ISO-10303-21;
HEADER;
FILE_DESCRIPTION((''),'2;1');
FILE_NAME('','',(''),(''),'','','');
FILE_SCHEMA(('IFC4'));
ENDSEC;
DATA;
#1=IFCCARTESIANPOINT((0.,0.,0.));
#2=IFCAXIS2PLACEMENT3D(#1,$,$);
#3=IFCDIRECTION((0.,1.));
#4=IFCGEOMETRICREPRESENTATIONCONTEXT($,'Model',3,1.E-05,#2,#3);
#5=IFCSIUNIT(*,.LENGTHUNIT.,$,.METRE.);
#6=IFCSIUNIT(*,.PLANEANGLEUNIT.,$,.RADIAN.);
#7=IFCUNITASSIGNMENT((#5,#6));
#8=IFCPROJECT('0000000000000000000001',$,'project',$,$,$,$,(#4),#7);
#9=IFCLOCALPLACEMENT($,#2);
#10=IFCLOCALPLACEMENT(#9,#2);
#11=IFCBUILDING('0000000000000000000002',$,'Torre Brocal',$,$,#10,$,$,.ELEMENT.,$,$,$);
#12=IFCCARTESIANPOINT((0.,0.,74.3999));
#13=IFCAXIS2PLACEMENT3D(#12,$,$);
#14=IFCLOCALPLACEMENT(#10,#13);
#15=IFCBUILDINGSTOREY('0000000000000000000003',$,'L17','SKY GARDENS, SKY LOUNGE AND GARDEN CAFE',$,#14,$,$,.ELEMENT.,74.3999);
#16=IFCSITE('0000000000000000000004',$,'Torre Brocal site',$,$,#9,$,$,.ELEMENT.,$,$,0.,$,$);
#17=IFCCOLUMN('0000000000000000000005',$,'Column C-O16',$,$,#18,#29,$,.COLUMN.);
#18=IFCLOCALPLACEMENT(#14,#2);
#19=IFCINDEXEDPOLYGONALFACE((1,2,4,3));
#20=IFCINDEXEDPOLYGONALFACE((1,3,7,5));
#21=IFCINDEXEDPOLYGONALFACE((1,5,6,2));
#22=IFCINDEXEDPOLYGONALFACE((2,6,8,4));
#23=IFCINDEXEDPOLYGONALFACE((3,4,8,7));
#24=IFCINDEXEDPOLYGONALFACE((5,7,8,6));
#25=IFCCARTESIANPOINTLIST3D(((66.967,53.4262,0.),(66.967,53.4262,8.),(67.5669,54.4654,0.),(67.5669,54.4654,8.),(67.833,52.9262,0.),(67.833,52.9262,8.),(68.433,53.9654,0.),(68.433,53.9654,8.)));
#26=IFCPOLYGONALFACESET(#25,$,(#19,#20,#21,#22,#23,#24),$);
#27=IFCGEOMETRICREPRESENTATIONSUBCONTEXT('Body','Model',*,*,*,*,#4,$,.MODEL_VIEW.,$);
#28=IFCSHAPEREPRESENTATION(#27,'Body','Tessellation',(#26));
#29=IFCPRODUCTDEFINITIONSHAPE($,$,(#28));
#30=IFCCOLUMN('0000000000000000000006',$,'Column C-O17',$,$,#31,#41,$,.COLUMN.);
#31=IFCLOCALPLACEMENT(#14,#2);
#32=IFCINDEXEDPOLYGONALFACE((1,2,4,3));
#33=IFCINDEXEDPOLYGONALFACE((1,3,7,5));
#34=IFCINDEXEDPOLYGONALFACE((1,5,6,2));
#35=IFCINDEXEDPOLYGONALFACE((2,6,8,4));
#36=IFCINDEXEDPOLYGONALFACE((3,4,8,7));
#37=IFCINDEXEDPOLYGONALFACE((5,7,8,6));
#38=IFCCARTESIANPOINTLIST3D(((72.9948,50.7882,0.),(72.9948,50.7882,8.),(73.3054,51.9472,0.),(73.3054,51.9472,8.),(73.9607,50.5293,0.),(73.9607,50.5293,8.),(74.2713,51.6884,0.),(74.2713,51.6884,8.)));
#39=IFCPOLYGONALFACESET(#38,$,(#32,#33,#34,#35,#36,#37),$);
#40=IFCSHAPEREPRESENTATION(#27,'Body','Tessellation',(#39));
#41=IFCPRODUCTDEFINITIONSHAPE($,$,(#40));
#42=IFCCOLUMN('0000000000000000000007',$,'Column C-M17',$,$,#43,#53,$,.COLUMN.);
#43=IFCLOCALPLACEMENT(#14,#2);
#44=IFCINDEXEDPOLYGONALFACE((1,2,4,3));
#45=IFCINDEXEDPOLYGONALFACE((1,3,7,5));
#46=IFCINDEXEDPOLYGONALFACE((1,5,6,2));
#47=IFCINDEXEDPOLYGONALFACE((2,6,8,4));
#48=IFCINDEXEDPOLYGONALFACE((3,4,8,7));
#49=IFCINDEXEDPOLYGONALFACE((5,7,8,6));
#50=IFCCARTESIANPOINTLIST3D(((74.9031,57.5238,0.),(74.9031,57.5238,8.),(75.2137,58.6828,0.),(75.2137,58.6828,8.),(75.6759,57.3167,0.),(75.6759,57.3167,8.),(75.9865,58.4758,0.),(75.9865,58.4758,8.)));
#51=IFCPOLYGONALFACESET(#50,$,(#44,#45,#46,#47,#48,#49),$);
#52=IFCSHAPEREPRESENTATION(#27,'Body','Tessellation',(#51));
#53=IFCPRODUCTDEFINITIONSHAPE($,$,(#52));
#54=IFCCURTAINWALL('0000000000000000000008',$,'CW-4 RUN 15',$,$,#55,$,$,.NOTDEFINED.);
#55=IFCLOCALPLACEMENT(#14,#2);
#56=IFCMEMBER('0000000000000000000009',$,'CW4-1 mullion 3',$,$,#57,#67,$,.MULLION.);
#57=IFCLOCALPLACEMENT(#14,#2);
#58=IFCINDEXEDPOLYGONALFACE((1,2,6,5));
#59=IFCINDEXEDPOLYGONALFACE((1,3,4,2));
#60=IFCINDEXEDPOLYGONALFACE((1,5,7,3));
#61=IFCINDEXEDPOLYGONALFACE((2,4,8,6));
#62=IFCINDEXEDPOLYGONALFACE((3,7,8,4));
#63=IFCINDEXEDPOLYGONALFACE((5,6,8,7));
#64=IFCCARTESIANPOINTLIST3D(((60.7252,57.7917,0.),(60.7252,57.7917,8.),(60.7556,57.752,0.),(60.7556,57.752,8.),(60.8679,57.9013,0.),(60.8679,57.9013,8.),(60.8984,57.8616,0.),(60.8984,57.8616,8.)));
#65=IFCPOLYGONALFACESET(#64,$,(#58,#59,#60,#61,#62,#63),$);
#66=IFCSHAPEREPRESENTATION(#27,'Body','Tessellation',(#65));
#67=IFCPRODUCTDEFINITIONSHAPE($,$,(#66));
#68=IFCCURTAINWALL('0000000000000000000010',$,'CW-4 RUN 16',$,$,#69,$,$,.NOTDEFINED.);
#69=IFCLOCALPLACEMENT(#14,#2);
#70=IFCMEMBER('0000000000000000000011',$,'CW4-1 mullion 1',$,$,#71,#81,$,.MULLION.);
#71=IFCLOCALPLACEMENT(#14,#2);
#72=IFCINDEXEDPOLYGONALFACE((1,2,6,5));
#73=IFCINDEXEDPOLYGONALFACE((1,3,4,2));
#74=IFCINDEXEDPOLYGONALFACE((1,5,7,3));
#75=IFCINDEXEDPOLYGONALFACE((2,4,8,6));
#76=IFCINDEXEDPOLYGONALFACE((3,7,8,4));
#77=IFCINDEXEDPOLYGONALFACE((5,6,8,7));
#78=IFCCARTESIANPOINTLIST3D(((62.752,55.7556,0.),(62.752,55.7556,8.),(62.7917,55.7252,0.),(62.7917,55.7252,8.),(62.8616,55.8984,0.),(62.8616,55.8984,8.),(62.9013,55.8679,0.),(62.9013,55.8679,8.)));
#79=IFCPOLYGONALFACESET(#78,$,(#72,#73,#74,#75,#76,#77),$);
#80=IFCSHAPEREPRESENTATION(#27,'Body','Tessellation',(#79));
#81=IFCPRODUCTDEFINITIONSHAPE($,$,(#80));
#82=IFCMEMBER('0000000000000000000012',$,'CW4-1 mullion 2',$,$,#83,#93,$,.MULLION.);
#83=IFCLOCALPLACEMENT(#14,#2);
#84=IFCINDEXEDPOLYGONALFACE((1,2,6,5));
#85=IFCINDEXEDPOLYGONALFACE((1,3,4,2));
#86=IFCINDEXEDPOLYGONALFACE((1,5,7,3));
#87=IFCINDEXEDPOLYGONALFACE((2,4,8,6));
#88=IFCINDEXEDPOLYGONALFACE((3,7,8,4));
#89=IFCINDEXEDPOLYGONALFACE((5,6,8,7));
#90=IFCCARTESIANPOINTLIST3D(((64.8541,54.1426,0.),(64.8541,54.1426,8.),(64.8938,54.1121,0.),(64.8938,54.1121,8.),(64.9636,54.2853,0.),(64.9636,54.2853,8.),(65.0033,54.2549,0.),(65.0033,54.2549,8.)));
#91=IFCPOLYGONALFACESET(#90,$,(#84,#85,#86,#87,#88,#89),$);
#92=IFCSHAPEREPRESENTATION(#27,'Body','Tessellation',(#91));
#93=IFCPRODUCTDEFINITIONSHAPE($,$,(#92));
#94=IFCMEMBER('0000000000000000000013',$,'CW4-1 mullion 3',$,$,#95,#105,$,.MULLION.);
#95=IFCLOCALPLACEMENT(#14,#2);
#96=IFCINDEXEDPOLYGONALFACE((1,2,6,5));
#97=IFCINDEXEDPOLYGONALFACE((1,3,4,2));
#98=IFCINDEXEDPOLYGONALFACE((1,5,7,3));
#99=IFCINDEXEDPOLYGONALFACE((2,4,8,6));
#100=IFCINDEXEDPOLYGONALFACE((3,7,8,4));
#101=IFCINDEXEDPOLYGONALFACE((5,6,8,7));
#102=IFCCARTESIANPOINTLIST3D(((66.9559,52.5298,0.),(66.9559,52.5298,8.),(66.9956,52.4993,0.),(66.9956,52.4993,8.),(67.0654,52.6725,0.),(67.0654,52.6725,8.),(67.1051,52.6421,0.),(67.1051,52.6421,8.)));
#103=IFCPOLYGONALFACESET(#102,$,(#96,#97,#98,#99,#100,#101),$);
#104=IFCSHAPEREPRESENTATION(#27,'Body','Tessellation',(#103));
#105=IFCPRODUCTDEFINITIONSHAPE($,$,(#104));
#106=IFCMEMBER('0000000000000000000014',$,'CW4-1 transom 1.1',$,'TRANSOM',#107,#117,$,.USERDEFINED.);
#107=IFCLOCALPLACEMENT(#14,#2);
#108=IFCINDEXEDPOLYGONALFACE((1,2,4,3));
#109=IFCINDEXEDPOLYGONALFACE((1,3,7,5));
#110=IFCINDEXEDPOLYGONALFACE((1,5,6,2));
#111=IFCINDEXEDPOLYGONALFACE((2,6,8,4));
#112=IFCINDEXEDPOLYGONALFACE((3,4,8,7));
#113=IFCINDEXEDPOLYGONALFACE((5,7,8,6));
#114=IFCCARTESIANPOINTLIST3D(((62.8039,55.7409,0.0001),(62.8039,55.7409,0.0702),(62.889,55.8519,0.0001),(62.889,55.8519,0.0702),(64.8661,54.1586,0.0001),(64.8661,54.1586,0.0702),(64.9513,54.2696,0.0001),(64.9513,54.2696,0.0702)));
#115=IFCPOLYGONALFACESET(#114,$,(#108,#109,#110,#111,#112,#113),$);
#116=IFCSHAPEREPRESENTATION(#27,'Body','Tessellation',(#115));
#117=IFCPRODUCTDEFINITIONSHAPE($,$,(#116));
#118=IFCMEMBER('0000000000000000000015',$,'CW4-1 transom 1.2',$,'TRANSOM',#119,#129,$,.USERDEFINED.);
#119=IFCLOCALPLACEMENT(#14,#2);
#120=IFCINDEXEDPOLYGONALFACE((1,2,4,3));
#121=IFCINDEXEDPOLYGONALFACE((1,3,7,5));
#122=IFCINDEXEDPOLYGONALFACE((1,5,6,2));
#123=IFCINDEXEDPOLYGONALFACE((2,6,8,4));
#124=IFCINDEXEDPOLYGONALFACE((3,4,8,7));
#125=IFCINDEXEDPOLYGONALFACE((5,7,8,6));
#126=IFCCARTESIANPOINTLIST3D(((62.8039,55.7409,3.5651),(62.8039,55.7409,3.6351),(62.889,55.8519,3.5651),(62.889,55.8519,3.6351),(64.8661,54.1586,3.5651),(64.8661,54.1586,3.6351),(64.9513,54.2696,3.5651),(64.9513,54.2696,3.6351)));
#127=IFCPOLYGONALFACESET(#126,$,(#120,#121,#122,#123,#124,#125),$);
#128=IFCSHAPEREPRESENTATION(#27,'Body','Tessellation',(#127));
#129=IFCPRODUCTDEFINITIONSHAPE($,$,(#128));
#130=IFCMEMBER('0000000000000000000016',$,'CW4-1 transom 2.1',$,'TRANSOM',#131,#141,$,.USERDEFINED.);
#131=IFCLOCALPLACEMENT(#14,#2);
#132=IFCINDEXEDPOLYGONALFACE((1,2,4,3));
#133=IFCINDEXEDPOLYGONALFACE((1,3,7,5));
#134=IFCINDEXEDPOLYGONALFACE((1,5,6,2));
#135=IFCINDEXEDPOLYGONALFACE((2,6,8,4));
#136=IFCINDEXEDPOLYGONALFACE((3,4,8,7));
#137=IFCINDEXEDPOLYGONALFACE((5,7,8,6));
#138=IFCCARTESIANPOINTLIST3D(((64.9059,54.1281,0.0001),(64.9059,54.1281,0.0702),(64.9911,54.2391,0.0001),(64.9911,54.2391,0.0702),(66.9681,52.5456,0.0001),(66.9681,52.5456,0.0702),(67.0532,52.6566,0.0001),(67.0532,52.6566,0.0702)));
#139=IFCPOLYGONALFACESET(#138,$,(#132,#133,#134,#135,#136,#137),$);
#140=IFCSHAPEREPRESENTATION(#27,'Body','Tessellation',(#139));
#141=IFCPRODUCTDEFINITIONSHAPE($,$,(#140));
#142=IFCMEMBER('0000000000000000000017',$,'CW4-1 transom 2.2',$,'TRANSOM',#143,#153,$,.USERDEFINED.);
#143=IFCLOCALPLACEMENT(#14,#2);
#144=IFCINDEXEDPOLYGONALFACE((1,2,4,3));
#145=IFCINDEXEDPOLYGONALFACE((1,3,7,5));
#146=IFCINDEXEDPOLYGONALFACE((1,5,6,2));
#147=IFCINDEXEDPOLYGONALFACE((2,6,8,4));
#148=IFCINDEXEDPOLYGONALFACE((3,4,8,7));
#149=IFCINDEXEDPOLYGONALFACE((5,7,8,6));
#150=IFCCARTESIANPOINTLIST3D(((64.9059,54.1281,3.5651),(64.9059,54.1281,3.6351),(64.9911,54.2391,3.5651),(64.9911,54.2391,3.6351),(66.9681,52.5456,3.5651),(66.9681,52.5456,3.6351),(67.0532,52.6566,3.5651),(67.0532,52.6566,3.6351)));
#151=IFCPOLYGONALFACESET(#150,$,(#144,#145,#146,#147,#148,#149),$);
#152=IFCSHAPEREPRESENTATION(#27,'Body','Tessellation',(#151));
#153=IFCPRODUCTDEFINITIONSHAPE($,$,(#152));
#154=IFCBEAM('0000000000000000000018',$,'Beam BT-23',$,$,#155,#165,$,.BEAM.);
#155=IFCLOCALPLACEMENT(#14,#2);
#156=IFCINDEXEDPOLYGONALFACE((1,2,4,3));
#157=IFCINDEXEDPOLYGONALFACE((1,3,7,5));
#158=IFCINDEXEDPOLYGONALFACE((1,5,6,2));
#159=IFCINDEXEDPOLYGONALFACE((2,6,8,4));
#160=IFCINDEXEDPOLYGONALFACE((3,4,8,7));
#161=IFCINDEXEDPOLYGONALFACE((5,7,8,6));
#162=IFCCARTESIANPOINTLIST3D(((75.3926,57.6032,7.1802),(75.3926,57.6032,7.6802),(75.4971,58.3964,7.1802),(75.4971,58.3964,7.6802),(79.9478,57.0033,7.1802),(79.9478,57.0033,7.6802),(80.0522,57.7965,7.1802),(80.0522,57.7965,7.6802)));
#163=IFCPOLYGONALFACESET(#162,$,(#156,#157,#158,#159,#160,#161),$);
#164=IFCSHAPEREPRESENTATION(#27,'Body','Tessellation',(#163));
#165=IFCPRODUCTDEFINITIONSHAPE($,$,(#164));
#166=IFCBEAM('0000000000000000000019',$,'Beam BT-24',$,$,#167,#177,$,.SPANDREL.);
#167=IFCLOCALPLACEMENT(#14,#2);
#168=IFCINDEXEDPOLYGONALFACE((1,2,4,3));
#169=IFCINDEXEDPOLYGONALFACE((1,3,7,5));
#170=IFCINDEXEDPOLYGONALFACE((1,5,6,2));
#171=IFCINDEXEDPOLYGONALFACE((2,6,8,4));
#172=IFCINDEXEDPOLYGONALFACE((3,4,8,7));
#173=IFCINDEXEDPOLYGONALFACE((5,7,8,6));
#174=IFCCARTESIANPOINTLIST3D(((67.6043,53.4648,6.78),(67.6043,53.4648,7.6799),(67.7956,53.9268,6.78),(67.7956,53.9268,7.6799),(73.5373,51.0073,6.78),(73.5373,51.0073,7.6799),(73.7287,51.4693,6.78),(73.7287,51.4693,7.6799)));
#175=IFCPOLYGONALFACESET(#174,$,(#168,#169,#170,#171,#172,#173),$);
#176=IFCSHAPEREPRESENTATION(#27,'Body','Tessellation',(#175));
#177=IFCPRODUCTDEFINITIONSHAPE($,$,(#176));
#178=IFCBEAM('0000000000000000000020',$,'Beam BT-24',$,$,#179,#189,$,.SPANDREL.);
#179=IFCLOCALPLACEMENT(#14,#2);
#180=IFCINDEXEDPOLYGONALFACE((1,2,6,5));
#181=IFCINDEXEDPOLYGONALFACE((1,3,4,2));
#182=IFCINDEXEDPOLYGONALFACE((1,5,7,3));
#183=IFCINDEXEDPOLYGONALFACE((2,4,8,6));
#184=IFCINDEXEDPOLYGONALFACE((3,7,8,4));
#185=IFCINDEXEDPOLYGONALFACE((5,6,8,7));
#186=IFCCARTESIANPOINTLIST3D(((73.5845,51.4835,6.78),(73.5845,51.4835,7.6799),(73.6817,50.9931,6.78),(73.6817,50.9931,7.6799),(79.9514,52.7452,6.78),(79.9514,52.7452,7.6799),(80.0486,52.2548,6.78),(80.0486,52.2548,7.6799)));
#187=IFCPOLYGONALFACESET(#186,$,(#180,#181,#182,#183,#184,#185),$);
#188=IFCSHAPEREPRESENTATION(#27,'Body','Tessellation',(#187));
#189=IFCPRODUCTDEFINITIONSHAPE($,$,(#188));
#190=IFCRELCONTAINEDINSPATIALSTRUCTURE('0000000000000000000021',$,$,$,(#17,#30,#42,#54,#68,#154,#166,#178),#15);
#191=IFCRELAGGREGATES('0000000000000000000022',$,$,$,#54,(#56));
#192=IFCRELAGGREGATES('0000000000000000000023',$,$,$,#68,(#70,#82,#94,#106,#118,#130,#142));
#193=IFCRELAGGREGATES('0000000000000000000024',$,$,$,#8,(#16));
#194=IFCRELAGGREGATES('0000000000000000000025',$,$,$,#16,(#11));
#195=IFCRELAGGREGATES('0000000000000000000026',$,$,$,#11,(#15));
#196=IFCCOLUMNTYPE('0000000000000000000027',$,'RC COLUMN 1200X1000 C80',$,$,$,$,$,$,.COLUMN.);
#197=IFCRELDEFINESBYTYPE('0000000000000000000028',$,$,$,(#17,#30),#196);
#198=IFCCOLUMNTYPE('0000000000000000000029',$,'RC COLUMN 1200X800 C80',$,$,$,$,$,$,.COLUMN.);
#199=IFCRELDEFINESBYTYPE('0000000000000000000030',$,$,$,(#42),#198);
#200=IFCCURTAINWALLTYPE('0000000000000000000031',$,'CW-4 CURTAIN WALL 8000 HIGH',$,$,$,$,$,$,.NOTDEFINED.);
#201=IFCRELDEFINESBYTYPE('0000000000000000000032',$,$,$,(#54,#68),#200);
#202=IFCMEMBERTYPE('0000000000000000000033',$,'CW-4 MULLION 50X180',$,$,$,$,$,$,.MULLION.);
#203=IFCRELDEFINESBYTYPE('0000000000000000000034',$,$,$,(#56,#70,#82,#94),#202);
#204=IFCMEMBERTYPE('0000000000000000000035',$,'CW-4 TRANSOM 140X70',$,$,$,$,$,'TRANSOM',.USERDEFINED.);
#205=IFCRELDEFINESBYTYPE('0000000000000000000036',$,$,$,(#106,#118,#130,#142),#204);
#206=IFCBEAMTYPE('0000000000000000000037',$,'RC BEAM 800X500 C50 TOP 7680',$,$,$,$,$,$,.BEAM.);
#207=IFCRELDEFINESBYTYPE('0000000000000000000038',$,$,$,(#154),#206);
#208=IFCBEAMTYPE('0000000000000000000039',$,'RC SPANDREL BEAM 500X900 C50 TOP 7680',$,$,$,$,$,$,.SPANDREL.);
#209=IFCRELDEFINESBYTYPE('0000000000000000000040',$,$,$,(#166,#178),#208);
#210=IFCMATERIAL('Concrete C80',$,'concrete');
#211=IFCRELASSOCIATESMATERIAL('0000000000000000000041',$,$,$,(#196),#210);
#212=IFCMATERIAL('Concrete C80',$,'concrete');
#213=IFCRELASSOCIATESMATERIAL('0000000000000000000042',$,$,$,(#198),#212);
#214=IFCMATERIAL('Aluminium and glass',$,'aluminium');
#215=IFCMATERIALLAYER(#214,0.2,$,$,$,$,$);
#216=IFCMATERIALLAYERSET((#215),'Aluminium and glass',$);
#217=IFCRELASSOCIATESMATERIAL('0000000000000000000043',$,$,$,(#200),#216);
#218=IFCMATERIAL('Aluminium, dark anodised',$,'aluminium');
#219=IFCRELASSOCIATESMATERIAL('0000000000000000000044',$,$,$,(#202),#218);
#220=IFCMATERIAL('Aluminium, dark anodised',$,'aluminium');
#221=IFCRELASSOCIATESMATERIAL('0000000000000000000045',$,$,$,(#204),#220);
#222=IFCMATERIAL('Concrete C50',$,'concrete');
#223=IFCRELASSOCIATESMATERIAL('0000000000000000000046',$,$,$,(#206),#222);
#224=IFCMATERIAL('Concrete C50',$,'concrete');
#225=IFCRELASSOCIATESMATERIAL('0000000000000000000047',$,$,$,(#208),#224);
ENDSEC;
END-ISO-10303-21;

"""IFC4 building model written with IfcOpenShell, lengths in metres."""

from ifc_helpers import new_model, si_unit, direction, frame, origin, origin_2d, place, context, subcontext, project, spatial, rectangle, extrude, material, layer, layer_set, material_profile, profile_set, type_object, element, aggregate, save


model = new_model("IFC4")

# Units and contexts
model_context = context("Model", 3, precision=1e-05, world=origin(), true_north=direction((0.0, 1.0)))
body_context = subcontext(model_context, "Body", "Model", "MODEL_VIEW")
ifc_project = project(units=[si_unit("LENGTHUNIT", "METRE"), si_unit("PLANEANGLEUNIT", "RADIAN")], contexts=[model_context])

# Site, building, storey
site_placement = place(None, origin())
site = spatial("IfcSite", under=ifc_project, at=site_placement, Name="Torre Brocal site", CompositionType="ELEMENT", RefElevation=0.0)
building_placement = place(site_placement, origin())
building = spatial("IfcBuilding", under=site, at=building_placement, Name="Torre Brocal", CompositionType="ELEMENT")
storey_placement = place(building_placement, frame((0.0, 0.0, 74.3999)))
storey = spatial("IfcBuildingStorey", under=building, at=storey_placement, Name="L17", Description="SKY GARDENS, SKY LOUNGE AND GARDEN CAFE", CompositionType="ELEMENT", Elevation=74.3999)

# Columns
ifc_material_1 = material(Name="Concrete C80", Category="concrete")
ifc_material_profile_1 = material_profile(ifc_material_1, rectangle(XDim=1.2, YDim=1.0, at=origin_2d()), Name="RC 1200X1000")
ifc_profile_set_1 = profile_set([ifc_material_profile_1], Name="Concrete C80")
column_type_1 = type_object("IfcColumnType", Name="RC COLUMN 1200X1000 C80", PredefinedType="COLUMN", material=ifc_profile_set_1)
for number, where, z_axis, x_axis, name in (
    (1, (67.7, 53.6958, 0.0), (0.0, 0.0, 1.0), (-0.5, -0.866025, 0.0), "Column C-O16"),
    (2, (73.6331, 51.2383, 0.0), (0.0, 0.0, 1.0), (-0.258819, -0.965926, 0.0), "Column C-O17"),
):
    element("IfcColumn", number, at=place(storey_placement, frame(where, z_axis=z_axis, x_axis=x_axis)), inside=storey, type_object=column_type_1, Name=name, PredefinedType="COLUMN", context=body_context, shape_type="SweptSolid", body=[
        extrude(rectangle(XDim=1.2, YDim=1.0, at=origin_2d()), origin(), (0.0, 0.0, 1.0), 8.0),
    ])
ifc_material_2 = material(Name="Concrete C80", Category="concrete")
ifc_material_profile_2 = material_profile(ifc_material_2, rectangle(XDim=1.2, YDim=0.8, at=origin_2d()), Name="RC 1200X800")
ifc_profile_set_2 = profile_set([ifc_material_profile_2], Name="Concrete C80")
column_type_2 = type_object("IfcColumnType", Name="RC COLUMN 1200X800 C80", PredefinedType="COLUMN", material=ifc_profile_set_2)
column_placement = place(storey_placement, frame((75.4448, 57.9998, 0.0), z_axis=(0.0, 0.0, 1.0), x_axis=(-0.258819, -0.965926, 0.0)))
element("IfcColumn", 3, at=column_placement, inside=storey, type_object=column_type_2, Name="Column C-M17", PredefinedType="COLUMN", context=body_context, shape_type="SweptSolid", body=[
    extrude(rectangle(XDim=1.2, YDim=0.8, at=origin_2d()), origin(), (0.0, 0.0, 1.0), 8.0),
])

# Curtain wall, member
ifc_material_3 = material(Name="Aluminium and glass", Category="aluminium")
ifc_layer_1 = layer(ifc_material_3, 0.2)
ifc_layer_set_1 = layer_set([ifc_layer_1], Name="Aluminium and glass")
curtain_wall_type = type_object("IfcCurtainWallType", Name="CW-4 CURTAIN WALL 8000 HIGH", PredefinedType="NOTDEFINED", material=ifc_layer_set_1)
curtain_wall_1_placement = place(storey_placement, origin())
curtain_wall_1 = element("IfcCurtainWall", 4, at=curtain_wall_1_placement, inside=storey, type_object=curtain_wall_type, Name="CW-4 RUN 15", PredefinedType="NOTDEFINED")
ifc_material_4 = material(Name="Aluminium, dark anodised", Category="aluminium")
ifc_material_profile_3 = material_profile(ifc_material_4, rectangle(XDim=0.1799, YDim=0.05, at=origin_2d()), Name="CW-4 MULLION 50X180")
ifc_profile_set_3 = profile_set([ifc_material_profile_3], Name="Aluminium, dark anodised")
member_type_1 = type_object("IfcMemberType", Name="CW-4 MULLION 50X180", PredefinedType="MULLION", material=ifc_profile_set_3)
member_1_placement = place(storey_placement, frame((60.8118, 57.8267, 0.0), z_axis=(0.0, 0.0, 1.0), x_axis=(0.793353, 0.608761, 0.0)))
member_1 = element("IfcMember", 5, at=member_1_placement, type_object=member_type_1, Name="CW4-1 mullion 3", PredefinedType="MULLION", context=body_context, shape_type="SweptSolid", body=[
    extrude(rectangle(XDim=0.1799, YDim=0.05, at=origin_2d()), origin(), (0.0, 0.0, 1.0), 8.0),
])

# Curtain wall, members
curtain_wall_2_placement = place(storey_placement, origin())
curtain_wall_2 = element("IfcCurtainWall", 6, at=curtain_wall_2_placement, inside=storey, type_object=curtain_wall_type, Name="CW-4 RUN 16", PredefinedType="NOTDEFINED")
member_2_placement = place(storey_placement, frame((62.8267, 55.8118, 0.0), z_axis=(0.0, 0.0, 1.0), x_axis=(0.608761, 0.793353, 0.0)))
member_2 = element("IfcMember", 7, at=member_2_placement, type_object=member_type_1, Name="CW4-1 mullion 1", PredefinedType="MULLION", context=body_context, shape_type="SweptSolid", body=[
    extrude(rectangle(XDim=0.1799, YDim=0.05, at=origin_2d()), origin(), (0.0, 0.0, 1.0), 8.0),
])
member_3_placement = place(storey_placement, frame((64.9287, 54.1987, 0.0), z_axis=(0.0, 0.0, 1.0), x_axis=(0.608761, 0.793353, 0.0)))
member_3 = element("IfcMember", 8, at=member_3_placement, type_object=member_type_1, Name="CW4-1 mullion 2", PredefinedType="MULLION", context=body_context, shape_type="SweptSolid", body=[
    extrude(rectangle(XDim=0.1799, YDim=0.05, at=origin_2d()), origin(), (0.0, 0.0, 1.0), 8.0),
])
member_4_placement = place(storey_placement, frame((67.0305, 52.5859, 0.0), z_axis=(0.0, 0.0, 1.0), x_axis=(0.608761, 0.793353, 0.0)))
member_4 = element("IfcMember", 9, at=member_4_placement, type_object=member_type_1, Name="CW4-1 mullion 3", PredefinedType="MULLION", context=body_context, shape_type="SweptSolid", body=[
    extrude(rectangle(XDim=0.1799, YDim=0.05, at=origin_2d()), origin(), (0.0, 0.0, 1.0), 8.0),
])
ifc_material_5 = material(Name="Aluminium, dark anodised", Category="aluminium")
ifc_material_profile_4 = material_profile(ifc_material_5, rectangle(XDim=0.1399, YDim=0.0701, at=origin_2d()), Name="CW-4 TRANSOM 140X70")
ifc_profile_set_4 = profile_set([ifc_material_profile_4], Name="Aluminium, dark anodised")
member_type_2 = type_object("IfcMemberType", Name="CW-4 TRANSOM 140X70", ElementType="TRANSOM", PredefinedType="USERDEFINED", material=ifc_profile_set_4)
member_5_placement = place(storey_placement, frame((62.8464, 55.7964, 0.0352), z_axis=(0.793381, -0.608725, 0.0), x_axis=(0.608725, 0.793381, 0.0)))
member_5 = element("IfcMember", 10, at=member_5_placement, type_object=member_type_2, Name="CW4-1 transom 1.1", ObjectType="TRANSOM", PredefinedType="USERDEFINED", context=body_context, shape_type="SweptSolid", body=[
    extrude(rectangle(XDim=0.1399, YDim=0.0701, at=origin_2d()), origin(), (0.0, 0.0, 1.0), 2.5994),
])
member_6_placement = place(storey_placement, frame((62.8464, 55.7964, 3.6001), z_axis=(0.793381, -0.608725, 0.0), x_axis=(0.608725, 0.793381, 0.0)))
member_6 = element("IfcMember", 11, at=member_6_placement, type_object=member_type_2, Name="CW4-1 transom 1.2", ObjectType="TRANSOM", PredefinedType="USERDEFINED", context=body_context, shape_type="SweptSolid", body=[
    extrude(rectangle(XDim=0.1399, YDim=0.0701, at=origin_2d()), origin(), (0.0, 0.0, 1.0), 2.5994),
])
member_7_placement = place(storey_placement, frame((64.9485, 54.1836, 0.0352), z_axis=(0.793336, -0.608784, 0.0), x_axis=(0.608784, 0.793336, 0.0)))
member_7 = element("IfcMember", 12, at=member_7_placement, type_object=member_type_2, Name="CW4-1 transom 2.1", ObjectType="TRANSOM", PredefinedType="USERDEFINED", context=body_context, shape_type="SweptSolid", body=[
    extrude(rectangle(XDim=0.1399, YDim=0.0701, at=origin_2d()), origin(), (0.0, 0.0, 1.0), 2.5994),
])
member_8_placement = place(storey_placement, frame((64.9485, 54.1836, 3.6001), z_axis=(0.793336, -0.608784, 0.0), x_axis=(0.608784, 0.793336, 0.0)))
member_8 = element("IfcMember", 13, at=member_8_placement, type_object=member_type_2, Name="CW4-1 transom 2.2", ObjectType="TRANSOM", PredefinedType="USERDEFINED", context=body_context, shape_type="SweptSolid", body=[
    extrude(rectangle(XDim=0.1399, YDim=0.0701, at=origin_2d()), origin(), (0.0, 0.0, 1.0), 2.5994),
])

# Beams
ifc_material_6 = material(Name="Concrete C50", Category="concrete")
ifc_material_profile_5 = material_profile(ifc_material_6, rectangle(XDim=0.8, YDim=0.5, at=origin_2d()), Name="RC 800X500")
ifc_profile_set_5 = profile_set([ifc_material_profile_5], Name="Concrete C50")
beam_type_1 = type_object("IfcBeamType", Name="RC BEAM 800X500 C50 TOP 7680", PredefinedType="BEAM", material=ifc_profile_set_5)
beam_1_placement = place(storey_placement, frame((75.4448, 57.9998, 7.4302), z_axis=(0.991441, -0.130559, 0.0), x_axis=(0.130559, 0.991441, 0.0)))
element("IfcBeam", 14, at=beam_1_placement, inside=storey, type_object=beam_type_1, Name="Beam BT-23", PredefinedType="BEAM", context=body_context, shape_type="SweptSolid", body=[
    extrude(rectangle(XDim=0.8, YDim=0.5, at=origin_2d()), origin(), (0.0, 0.0, 1.0), 4.5945),
])
ifc_material_7 = material(Name="Concrete C50", Category="concrete")
ifc_material_profile_6 = material_profile(ifc_material_7, rectangle(XDim=0.5, YDim=0.8999, at=origin_2d()), Name="RC 500X900")
ifc_profile_set_6 = profile_set([ifc_material_profile_6], Name="Concrete C50")
beam_type_2 = type_object("IfcBeamType", Name="RC SPANDREL BEAM 500X900 C50 TOP 7680", PredefinedType="SPANDREL", material=ifc_profile_set_6)
beam_2_placement = place(storey_placement, frame((67.7, 53.6958, 7.23), z_axis=(0.923882, -0.382676, 0.0), x_axis=(0.382676, 0.923882, 0.0)))
element("IfcBeam", 15, at=beam_2_placement, inside=storey, type_object=beam_type_2, Name="Beam BT-24", PredefinedType="SPANDREL", context=body_context, shape_type="SweptSolid", body=[
    extrude(rectangle(XDim=0.5, YDim=0.8999, at=origin_2d()), origin(), (0.0, 0.0, 1.0), 6.4219),
])
beam_3_placement = place(storey_placement, frame((73.6331, 51.2383, 7.23), z_axis=(0.980925, 0.194387, 0.0), x_axis=(-0.194387, 0.980925, 0.0)))
element("IfcBeam", 16, at=beam_3_placement, inside=storey, type_object=beam_type_2, Name="Beam BT-24", PredefinedType="SPANDREL", context=body_context, shape_type="SweptSolid", body=[
    extrude(rectangle(XDim=0.5, YDim=0.8999, at=origin_2d()), origin(), (0.0, 0.0, 1.0), 6.4907),
])

aggregate(curtain_wall_1, [member_1])
aggregate(curtain_wall_2, [member_2, member_3, member_4, member_5, member_6, member_7, member_8])

save(model, "model.ifc")
